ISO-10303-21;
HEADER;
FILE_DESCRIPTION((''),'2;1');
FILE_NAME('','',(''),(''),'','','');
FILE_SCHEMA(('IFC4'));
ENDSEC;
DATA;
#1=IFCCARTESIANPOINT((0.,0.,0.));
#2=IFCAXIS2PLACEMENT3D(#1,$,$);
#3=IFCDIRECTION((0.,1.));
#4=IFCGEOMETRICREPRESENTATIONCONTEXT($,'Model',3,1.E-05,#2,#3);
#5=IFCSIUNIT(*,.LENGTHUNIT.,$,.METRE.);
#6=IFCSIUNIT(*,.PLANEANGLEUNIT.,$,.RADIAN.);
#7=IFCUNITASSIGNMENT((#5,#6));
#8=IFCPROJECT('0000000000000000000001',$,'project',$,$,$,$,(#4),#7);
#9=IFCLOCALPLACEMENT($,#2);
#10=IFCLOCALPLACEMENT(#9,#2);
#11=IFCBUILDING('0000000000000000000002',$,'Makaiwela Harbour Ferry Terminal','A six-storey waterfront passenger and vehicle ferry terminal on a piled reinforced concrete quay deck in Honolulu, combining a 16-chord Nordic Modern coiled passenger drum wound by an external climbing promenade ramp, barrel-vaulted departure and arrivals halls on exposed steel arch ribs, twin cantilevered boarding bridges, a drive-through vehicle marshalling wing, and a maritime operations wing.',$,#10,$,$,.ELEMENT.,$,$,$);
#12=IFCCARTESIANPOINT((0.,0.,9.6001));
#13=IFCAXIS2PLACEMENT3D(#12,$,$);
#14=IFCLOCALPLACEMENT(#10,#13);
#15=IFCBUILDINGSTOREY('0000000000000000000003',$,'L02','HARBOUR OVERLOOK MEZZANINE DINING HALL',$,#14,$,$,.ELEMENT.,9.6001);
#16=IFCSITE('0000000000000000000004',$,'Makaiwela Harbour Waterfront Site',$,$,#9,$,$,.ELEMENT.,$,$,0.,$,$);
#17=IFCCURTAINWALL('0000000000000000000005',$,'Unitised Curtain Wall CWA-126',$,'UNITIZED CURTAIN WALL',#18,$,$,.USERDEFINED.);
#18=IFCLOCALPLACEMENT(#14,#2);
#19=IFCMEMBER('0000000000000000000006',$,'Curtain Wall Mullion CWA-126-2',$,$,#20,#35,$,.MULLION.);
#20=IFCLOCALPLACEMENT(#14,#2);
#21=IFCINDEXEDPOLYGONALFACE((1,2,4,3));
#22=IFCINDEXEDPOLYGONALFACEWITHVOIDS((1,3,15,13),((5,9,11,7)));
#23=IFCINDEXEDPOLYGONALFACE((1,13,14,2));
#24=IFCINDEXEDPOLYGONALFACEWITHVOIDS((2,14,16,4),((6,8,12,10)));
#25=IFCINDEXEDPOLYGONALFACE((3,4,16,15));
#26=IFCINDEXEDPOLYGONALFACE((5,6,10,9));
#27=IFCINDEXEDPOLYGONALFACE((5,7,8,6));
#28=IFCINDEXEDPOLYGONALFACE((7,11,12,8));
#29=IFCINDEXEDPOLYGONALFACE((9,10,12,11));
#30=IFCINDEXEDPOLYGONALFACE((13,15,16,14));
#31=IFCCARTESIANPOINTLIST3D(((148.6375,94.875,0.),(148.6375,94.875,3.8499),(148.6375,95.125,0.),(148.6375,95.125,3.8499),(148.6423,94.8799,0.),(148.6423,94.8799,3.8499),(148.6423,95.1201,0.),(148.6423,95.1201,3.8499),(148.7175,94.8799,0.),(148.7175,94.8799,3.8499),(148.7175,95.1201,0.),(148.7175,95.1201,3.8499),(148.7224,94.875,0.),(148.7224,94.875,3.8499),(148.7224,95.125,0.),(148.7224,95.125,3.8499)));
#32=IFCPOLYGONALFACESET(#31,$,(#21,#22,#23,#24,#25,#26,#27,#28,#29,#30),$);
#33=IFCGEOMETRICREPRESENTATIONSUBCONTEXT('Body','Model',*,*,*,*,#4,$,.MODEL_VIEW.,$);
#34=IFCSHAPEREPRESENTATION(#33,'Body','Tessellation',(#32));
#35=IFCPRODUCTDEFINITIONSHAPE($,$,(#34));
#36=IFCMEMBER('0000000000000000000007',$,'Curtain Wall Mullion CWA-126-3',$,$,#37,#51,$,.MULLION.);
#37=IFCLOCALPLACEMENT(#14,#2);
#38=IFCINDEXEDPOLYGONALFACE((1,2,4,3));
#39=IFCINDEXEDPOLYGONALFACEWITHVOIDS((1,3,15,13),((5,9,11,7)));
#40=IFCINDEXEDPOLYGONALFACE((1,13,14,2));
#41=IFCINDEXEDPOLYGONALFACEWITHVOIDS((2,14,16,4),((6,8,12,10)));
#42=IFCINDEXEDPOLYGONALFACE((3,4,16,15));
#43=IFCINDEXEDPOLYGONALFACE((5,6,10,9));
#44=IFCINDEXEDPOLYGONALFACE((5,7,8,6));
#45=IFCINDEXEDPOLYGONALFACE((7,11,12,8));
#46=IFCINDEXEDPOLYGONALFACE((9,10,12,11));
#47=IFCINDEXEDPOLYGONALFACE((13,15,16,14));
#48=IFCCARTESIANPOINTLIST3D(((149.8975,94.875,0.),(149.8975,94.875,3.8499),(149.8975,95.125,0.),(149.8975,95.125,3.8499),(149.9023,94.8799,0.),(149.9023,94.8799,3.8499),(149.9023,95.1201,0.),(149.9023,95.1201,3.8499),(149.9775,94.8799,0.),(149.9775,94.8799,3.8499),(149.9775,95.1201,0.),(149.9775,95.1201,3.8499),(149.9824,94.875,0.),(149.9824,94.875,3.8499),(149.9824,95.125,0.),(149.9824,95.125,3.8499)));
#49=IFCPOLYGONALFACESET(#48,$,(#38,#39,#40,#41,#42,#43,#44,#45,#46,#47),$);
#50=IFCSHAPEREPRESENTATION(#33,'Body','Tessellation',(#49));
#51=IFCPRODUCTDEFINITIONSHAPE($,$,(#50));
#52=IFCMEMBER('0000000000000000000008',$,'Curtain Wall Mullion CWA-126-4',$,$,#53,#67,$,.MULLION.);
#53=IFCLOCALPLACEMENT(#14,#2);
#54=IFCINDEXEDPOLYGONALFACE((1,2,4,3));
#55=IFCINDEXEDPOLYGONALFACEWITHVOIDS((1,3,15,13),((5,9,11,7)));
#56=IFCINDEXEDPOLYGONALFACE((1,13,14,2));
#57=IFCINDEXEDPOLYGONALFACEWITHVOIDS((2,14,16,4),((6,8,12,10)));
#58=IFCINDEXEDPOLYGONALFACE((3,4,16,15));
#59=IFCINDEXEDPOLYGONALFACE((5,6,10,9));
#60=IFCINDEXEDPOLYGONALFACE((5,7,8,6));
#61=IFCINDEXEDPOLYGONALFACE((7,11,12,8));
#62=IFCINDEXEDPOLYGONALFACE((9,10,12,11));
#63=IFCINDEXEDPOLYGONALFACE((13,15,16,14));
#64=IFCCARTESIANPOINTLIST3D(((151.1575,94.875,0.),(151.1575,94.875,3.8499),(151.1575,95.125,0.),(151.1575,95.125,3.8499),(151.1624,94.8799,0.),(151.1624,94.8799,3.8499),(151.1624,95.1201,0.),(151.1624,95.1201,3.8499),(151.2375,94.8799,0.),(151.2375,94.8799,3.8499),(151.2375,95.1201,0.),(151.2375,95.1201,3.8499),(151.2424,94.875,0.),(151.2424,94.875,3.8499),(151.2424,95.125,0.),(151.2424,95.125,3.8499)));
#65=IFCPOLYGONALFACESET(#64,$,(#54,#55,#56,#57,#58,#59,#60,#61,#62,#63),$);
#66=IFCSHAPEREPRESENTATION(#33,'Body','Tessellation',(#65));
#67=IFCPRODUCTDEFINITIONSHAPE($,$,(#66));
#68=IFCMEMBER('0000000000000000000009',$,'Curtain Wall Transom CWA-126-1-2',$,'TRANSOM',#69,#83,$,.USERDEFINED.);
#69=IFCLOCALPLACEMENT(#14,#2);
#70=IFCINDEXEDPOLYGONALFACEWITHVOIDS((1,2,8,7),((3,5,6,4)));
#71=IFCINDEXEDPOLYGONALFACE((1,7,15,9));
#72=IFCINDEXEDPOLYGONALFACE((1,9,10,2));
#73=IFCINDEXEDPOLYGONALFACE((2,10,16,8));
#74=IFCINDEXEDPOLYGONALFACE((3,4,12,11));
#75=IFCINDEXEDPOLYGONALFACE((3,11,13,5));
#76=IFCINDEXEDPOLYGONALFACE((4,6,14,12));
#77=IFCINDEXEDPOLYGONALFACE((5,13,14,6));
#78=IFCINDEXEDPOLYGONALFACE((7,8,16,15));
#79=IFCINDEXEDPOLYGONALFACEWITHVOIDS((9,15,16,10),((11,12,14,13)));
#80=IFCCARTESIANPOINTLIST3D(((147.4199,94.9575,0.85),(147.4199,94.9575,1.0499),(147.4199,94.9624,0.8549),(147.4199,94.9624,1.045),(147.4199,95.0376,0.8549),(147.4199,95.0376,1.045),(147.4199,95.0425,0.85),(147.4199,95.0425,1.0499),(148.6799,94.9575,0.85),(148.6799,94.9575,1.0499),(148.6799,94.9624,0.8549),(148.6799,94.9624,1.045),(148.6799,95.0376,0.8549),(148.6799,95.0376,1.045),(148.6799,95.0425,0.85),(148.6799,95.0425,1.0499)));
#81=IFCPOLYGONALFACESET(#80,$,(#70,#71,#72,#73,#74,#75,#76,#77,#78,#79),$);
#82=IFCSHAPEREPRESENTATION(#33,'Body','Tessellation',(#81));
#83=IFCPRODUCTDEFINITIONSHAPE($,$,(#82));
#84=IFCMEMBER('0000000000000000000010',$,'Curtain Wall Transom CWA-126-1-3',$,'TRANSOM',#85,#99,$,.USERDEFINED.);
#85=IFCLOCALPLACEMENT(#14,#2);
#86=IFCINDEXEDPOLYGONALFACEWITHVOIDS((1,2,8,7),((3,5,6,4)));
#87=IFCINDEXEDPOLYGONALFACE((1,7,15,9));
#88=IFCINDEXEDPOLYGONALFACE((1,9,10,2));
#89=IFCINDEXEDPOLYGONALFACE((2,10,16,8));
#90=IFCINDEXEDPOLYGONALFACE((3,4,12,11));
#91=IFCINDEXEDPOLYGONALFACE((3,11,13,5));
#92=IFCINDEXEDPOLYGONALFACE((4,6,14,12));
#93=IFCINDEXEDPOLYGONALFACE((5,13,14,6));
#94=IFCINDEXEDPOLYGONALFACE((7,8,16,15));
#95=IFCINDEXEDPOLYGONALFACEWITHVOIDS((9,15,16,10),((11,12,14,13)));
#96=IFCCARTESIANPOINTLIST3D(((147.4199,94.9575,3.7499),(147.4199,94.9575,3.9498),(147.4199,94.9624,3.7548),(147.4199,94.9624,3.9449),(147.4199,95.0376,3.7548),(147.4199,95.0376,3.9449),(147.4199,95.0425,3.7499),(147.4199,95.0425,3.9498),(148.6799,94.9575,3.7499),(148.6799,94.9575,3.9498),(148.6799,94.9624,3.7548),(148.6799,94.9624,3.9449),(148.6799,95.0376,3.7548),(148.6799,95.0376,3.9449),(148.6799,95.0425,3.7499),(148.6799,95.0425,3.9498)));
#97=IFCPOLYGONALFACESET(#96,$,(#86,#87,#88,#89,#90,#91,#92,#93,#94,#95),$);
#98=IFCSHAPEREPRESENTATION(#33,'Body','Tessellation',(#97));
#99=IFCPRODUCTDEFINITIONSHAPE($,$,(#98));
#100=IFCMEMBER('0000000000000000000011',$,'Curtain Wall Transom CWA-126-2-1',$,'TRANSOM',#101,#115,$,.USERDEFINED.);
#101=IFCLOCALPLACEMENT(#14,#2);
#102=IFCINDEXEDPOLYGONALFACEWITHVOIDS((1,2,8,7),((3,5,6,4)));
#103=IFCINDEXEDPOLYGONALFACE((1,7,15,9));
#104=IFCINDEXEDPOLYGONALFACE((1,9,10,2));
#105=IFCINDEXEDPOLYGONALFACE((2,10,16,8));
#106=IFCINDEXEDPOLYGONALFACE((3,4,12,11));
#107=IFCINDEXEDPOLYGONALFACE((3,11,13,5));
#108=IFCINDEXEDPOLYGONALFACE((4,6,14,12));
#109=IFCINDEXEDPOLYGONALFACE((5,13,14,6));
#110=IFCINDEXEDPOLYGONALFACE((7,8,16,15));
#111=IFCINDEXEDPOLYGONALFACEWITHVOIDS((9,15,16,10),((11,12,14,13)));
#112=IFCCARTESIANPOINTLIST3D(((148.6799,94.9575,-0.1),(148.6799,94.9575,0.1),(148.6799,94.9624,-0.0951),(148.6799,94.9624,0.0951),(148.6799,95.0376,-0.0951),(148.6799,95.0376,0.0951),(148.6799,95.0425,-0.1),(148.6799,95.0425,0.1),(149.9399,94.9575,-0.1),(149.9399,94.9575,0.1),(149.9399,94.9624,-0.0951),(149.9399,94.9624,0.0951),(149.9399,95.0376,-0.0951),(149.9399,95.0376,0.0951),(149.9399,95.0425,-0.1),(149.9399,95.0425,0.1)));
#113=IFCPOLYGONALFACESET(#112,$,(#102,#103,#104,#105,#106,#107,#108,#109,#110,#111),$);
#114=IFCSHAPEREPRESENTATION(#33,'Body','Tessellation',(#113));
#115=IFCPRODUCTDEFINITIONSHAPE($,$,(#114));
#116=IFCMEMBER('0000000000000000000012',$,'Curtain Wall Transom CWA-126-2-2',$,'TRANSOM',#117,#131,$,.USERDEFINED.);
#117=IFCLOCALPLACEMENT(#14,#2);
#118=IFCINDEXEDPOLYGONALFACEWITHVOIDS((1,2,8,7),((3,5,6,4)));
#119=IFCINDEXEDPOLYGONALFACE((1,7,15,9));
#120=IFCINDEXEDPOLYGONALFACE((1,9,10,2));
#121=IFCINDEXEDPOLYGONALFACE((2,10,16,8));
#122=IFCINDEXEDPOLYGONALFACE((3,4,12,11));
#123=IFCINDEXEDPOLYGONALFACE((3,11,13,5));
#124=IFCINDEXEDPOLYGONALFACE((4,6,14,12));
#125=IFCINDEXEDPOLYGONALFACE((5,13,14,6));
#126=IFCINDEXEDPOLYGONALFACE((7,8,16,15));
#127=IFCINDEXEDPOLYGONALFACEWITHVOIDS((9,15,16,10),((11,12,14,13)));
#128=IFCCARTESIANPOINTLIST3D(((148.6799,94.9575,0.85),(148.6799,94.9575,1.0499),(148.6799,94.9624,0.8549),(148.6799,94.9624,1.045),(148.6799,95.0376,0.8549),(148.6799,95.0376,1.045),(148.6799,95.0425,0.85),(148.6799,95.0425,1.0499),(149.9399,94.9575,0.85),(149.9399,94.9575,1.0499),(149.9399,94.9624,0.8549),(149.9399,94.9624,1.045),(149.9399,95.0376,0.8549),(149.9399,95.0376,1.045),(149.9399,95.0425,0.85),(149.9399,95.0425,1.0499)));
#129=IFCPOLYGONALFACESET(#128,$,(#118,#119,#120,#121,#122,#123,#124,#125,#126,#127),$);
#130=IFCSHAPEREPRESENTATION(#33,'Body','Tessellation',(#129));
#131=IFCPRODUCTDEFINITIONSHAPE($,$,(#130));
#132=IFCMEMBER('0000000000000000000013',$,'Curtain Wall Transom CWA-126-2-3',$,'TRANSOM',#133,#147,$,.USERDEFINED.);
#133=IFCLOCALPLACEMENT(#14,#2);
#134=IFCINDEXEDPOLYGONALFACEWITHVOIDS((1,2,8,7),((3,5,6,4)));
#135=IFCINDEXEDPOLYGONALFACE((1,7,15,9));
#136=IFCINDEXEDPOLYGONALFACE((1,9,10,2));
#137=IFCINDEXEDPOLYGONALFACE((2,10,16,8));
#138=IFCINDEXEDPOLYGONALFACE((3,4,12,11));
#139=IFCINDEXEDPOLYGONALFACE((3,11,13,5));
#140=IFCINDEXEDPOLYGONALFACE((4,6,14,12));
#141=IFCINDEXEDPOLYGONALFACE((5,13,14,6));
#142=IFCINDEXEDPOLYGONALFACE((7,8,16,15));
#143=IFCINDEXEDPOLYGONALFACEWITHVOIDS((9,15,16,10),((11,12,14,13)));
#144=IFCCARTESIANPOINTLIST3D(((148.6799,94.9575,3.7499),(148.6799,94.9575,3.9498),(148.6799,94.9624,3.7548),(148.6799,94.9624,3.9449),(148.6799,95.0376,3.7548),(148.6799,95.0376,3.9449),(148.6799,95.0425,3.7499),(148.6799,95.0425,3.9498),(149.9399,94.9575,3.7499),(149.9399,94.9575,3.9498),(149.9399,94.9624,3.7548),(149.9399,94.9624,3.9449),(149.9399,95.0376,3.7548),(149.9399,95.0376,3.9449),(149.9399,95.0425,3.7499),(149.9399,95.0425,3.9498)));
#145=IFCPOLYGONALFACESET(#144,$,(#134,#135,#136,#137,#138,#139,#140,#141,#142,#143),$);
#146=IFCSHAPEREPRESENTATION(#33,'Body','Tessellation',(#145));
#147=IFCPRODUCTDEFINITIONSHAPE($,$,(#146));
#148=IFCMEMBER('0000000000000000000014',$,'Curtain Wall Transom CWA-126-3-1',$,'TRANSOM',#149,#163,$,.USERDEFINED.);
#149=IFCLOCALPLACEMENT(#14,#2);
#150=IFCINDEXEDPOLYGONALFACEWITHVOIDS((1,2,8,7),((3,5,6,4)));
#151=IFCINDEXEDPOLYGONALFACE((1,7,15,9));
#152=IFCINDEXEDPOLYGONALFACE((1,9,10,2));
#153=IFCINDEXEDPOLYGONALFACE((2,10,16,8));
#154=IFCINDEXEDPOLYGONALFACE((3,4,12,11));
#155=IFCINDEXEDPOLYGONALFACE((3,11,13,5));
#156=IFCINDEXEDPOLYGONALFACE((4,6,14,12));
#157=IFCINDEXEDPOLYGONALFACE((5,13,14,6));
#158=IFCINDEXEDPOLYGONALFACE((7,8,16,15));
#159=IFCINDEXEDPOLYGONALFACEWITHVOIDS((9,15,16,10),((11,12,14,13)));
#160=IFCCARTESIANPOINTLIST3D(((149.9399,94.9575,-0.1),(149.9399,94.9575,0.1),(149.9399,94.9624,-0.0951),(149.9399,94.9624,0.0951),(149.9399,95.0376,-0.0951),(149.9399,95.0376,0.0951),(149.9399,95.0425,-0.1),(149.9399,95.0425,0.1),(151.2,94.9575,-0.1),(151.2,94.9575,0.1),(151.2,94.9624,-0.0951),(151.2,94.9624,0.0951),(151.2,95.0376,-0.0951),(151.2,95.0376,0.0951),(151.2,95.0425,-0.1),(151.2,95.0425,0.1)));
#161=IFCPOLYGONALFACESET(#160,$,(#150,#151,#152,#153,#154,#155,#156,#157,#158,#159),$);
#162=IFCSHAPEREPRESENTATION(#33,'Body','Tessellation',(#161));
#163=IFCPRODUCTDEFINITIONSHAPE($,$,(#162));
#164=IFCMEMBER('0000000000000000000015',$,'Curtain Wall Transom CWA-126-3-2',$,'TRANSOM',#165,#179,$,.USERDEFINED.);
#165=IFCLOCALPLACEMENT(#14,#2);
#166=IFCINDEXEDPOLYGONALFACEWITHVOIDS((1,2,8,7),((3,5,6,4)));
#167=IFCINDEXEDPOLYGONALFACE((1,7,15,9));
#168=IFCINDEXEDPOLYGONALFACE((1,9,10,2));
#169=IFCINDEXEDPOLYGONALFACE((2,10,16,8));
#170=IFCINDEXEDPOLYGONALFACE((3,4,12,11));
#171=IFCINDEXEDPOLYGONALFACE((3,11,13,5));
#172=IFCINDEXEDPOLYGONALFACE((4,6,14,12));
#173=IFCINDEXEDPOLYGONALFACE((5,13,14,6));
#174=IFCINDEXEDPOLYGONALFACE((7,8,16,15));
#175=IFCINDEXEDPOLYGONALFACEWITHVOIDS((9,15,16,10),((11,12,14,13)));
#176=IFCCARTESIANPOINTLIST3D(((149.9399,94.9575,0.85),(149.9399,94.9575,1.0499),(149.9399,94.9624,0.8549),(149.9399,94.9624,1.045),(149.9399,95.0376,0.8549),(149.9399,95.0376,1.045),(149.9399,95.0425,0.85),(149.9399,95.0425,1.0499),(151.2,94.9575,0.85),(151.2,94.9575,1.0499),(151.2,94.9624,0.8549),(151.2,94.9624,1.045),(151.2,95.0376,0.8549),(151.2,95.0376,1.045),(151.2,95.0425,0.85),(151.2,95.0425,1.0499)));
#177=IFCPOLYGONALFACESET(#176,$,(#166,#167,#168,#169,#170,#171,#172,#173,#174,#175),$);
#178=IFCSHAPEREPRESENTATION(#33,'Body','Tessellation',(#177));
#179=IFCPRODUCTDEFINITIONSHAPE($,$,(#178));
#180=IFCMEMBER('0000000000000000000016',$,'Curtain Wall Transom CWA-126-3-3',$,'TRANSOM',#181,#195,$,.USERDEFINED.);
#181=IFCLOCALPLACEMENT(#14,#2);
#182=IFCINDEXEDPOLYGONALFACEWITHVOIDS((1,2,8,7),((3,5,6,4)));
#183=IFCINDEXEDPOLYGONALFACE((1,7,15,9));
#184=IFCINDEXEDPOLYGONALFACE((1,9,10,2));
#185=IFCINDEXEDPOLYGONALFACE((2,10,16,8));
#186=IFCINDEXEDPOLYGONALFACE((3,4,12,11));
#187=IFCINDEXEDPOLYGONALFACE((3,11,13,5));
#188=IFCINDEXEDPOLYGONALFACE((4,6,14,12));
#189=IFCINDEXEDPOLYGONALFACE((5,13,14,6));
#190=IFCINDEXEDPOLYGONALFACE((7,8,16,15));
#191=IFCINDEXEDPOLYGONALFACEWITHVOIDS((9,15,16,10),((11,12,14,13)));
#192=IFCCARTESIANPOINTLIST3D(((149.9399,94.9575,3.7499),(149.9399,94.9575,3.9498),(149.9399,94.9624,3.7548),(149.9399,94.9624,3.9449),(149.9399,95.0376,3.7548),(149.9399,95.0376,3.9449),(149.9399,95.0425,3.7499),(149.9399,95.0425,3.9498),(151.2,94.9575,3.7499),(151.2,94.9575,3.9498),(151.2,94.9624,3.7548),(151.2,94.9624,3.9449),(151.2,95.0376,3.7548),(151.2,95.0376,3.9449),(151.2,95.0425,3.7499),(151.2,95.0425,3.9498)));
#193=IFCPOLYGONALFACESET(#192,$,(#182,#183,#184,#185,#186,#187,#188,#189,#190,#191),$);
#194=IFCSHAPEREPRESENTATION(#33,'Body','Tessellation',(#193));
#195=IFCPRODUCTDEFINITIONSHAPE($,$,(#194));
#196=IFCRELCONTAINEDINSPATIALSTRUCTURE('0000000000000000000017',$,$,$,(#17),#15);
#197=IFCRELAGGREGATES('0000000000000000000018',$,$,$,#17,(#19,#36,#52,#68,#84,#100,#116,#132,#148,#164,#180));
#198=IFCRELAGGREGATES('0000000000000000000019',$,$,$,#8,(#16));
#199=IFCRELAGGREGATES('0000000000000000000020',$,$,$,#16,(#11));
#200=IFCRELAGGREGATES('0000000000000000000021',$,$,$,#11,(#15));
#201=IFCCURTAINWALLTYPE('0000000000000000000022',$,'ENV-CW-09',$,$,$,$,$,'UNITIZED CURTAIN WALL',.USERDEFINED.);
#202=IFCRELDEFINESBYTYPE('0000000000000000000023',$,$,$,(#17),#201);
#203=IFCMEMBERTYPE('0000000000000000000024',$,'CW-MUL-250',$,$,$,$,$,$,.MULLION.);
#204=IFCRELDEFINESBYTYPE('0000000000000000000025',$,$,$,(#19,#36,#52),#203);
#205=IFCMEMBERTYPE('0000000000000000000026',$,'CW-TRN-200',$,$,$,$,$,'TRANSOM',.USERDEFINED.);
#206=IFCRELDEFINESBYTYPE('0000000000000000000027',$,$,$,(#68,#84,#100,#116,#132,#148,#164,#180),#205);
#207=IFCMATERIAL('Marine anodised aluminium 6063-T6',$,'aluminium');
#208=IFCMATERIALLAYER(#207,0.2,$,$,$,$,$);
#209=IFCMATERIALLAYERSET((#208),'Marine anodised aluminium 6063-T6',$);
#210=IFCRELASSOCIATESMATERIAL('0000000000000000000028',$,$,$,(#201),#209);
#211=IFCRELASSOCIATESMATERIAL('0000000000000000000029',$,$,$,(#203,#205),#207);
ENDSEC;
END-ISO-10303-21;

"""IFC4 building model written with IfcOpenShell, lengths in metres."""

from ifc_helpers import new_model, si_unit, direction, frame, origin, origin_2d, place, context, subcontext, project, spatial, hollow_rectangle, extrude, material, layer, layer_set, material_profile, profile_set, type_object, element, aggregate, save


model = new_model("IFC4")

# Units and contexts
model_context = context("Model", 3, precision=1e-05, world=origin(), true_north=direction((0.0, 1.0)))
body_context = subcontext(model_context, "Body", "Model", "MODEL_VIEW")
ifc_project = project(units=[si_unit("LENGTHUNIT", "METRE"), si_unit("PLANEANGLEUNIT", "RADIAN")], contexts=[model_context])

# Site, building, storey
site_placement = place(None, origin())
site = spatial("IfcSite", under=ifc_project, at=site_placement, Name="Makaiwela Harbour Waterfront Site", CompositionType="ELEMENT", RefElevation=0.0)
building_placement = place(site_placement, origin())
building = spatial("IfcBuilding", under=site, at=building_placement, Name="Makaiwela Harbour Ferry Terminal", Description="A six-storey waterfront passenger and vehicle ferry terminal on a piled reinforced concrete quay deck in Honolulu, combining a 16-chord Nordic Modern coiled passenger drum wound by an external climbing promenade ramp, barrel-vaulted departure and arrivals halls on exposed steel arch ribs, twin cantilevered boarding bridges, a drive-through vehicle marshalling wing, and a maritime operations wing.", CompositionType="ELEMENT")
storey_placement = place(building_placement, frame((0.0, 0.0, 9.6001)))
storey = spatial("IfcBuildingStorey", under=building, at=storey_placement, Name="L02", Description="HARBOUR OVERLOOK MEZZANINE DINING HALL", CompositionType="ELEMENT", Elevation=9.6001)

# Curtain wall, members
ifc_material_1 = material(Name="Marine anodised aluminium 6063-T6", Category="aluminium")
ifc_layer_1 = layer(ifc_material_1, 0.2)
ifc_layer_set_1 = layer_set([ifc_layer_1], Name="Marine anodised aluminium 6063-T6")
curtain_wall_type = type_object("IfcCurtainWallType", Name="ENV-CW-09", ElementType="UNITIZED CURTAIN WALL", PredefinedType="USERDEFINED", material=ifc_layer_set_1)
curtain_wall_placement = place(storey_placement, origin())
curtain_wall = element("IfcCurtainWall", 1, at=curtain_wall_placement, inside=storey, type_object=curtain_wall_type, Name="Unitised Curtain Wall CWA-126", ObjectType="UNITIZED CURTAIN WALL", PredefinedType="USERDEFINED")
ifc_material_profile_1 = material_profile(ifc_material_1, hollow_rectangle(XDim=0.085, YDim=0.25, WallThickness=0.0049, at=origin_2d()), Name="CWM-250X85")
ifc_profile_set_1 = profile_set([ifc_material_profile_1], Name="Marine anodised aluminium 6063-T6")
member_type_1 = type_object("IfcMemberType", Name="CW-MUL-250", PredefinedType="MULLION", material=ifc_profile_set_1)
member_1_placement = place(storey_placement, frame((148.6799, 95.0, 0.0), z_axis=(0.0, 0.0, 1.0), x_axis=(1.0, 0.0, 0.0)))
member_1 = element("IfcMember", 2, at=member_1_placement, type_object=member_type_1, Name="Curtain Wall Mullion CWA-126-2", PredefinedType="MULLION", context=body_context, shape_type="SweptSolid", body=[
    extrude(hollow_rectangle(XDim=0.085, YDim=0.25, WallThickness=0.0049, at=origin_2d()), origin(), (0.0, 0.0, 1.0), 3.8499),
])
member_2_placement = place(storey_placement, frame((149.9399, 95.0, 0.0), z_axis=(0.0, 0.0, 1.0), x_axis=(1.0, 0.0, 0.0)))
member_2 = element("IfcMember", 3, at=member_2_placement, type_object=member_type_1, Name="Curtain Wall Mullion CWA-126-3", PredefinedType="MULLION", context=body_context, shape_type="SweptSolid", body=[
    extrude(hollow_rectangle(XDim=0.085, YDim=0.25, WallThickness=0.0049, at=origin_2d()), origin(), (0.0, 0.0, 1.0), 3.8499),
])
member_3_placement = place(storey_placement, frame((151.2, 95.0, 0.0), z_axis=(0.0, 0.0, 1.0), x_axis=(1.0, 0.0, 0.0)))
member_3 = element("IfcMember", 4, at=member_3_placement, type_object=member_type_1, Name="Curtain Wall Mullion CWA-126-4", PredefinedType="MULLION", context=body_context, shape_type="SweptSolid", body=[
    extrude(hollow_rectangle(XDim=0.085, YDim=0.25, WallThickness=0.0049, at=origin_2d()), origin(), (0.0, 0.0, 1.0), 3.8499),
])
ifc_material_profile_2 = material_profile(ifc_material_1, hollow_rectangle(XDim=0.085, YDim=0.2, WallThickness=0.0049, at=origin_2d()), Name="CWT-200X85")
ifc_profile_set_2 = profile_set([ifc_material_profile_2], Name="Marine anodised aluminium 6063-T6")
member_type_2 = type_object("IfcMemberType", Name="CW-TRN-200", ElementType="TRANSOM", PredefinedType="USERDEFINED", material=ifc_profile_set_2)
member_4_placement = place(storey_placement, frame((147.4199, 95.0, 0.95), z_axis=(1.0, 0.0, 0.0), x_axis=(0.0, 1.0, 0.0)))
member_4 = element("IfcMember", 5, at=member_4_placement, type_object=member_type_2, Name="Curtain Wall Transom CWA-126-1-2", ObjectType="TRANSOM", PredefinedType="USERDEFINED", context=body_context, shape_type="SweptSolid", body=[
    extrude(hollow_rectangle(XDim=0.085, YDim=0.2, WallThickness=0.0049, at=origin_2d()), origin(), (0.0, 0.0, 1.0), 1.26),
])
member_5_placement = place(storey_placement, frame((147.4199, 95.0, 3.8499), z_axis=(1.0, 0.0, 0.0), x_axis=(0.0, 1.0, 0.0)))
member_5 = element("IfcMember", 6, at=member_5_placement, type_object=member_type_2, Name="Curtain Wall Transom CWA-126-1-3", ObjectType="TRANSOM", PredefinedType="USERDEFINED", context=body_context, shape_type="SweptSolid", body=[
    extrude(hollow_rectangle(XDim=0.085, YDim=0.2, WallThickness=0.0049, at=origin_2d()), origin(), (0.0, 0.0, 1.0), 1.26),
])
member_6_placement = place(storey_placement, frame((148.6799, 95.0, 0.0), z_axis=(1.0, 0.0, 0.0), x_axis=(0.0, 1.0, 0.0)))
member_6 = element("IfcMember", 7, at=member_6_placement, type_object=member_type_2, Name="Curtain Wall Transom CWA-126-2-1", ObjectType="TRANSOM", PredefinedType="USERDEFINED", context=body_context, shape_type="SweptSolid", body=[
    extrude(hollow_rectangle(XDim=0.085, YDim=0.2, WallThickness=0.0049, at=origin_2d()), origin(), (0.0, 0.0, 1.0), 1.26),
])
member_7_placement = place(storey_placement, frame((148.6799, 95.0, 0.95), z_axis=(1.0, 0.0, 0.0), x_axis=(0.0, 1.0, 0.0)))
member_7 = element("IfcMember", 8, at=member_7_placement, type_object=member_type_2, Name="Curtain Wall Transom CWA-126-2-2", ObjectType="TRANSOM", PredefinedType="USERDEFINED", context=body_context, shape_type="SweptSolid", body=[
    extrude(hollow_rectangle(XDim=0.085, YDim=0.2, WallThickness=0.0049, at=origin_2d()), origin(), (0.0, 0.0, 1.0), 1.26),
])
member_8_placement = place(storey_placement, frame((148.6799, 95.0, 3.8499), z_axis=(1.0, 0.0, 0.0), x_axis=(0.0, 1.0, 0.0)))
member_8 = element("IfcMember", 9, at=member_8_placement, type_object=member_type_2, Name="Curtain Wall Transom CWA-126-2-3", ObjectType="TRANSOM", PredefinedType="USERDEFINED", context=body_context, shape_type="SweptSolid", body=[
    extrude(hollow_rectangle(XDim=0.085, YDim=0.2, WallThickness=0.0049, at=origin_2d()), origin(), (0.0, 0.0, 1.0), 1.26),
])
member_9_placement = place(storey_placement, frame((149.9399, 95.0, 0.0), z_axis=(1.0, 0.0, 0.0), x_axis=(0.0, 1.0, 0.0)))
member_9 = element("IfcMember", 10, at=member_9_placement, type_object=member_type_2, Name="Curtain Wall Transom CWA-126-3-1", ObjectType="TRANSOM", PredefinedType="USERDEFINED", context=body_context, shape_type="SweptSolid", body=[
    extrude(hollow_rectangle(XDim=0.085, YDim=0.2, WallThickness=0.0049, at=origin_2d()), origin(), (0.0, 0.0, 1.0), 1.26),
])
member_10_placement = place(storey_placement, frame((149.9399, 95.0, 0.95), z_axis=(1.0, 0.0, 0.0), x_axis=(0.0, 1.0, 0.0)))
member_10 = element("IfcMember", 11, at=member_10_placement, type_object=member_type_2, Name="Curtain Wall Transom CWA-126-3-2", ObjectType="TRANSOM", PredefinedType="USERDEFINED", context=body_context, shape_type="SweptSolid", body=[
    extrude(hollow_rectangle(XDim=0.085, YDim=0.2, WallThickness=0.0049, at=origin_2d()), origin(), (0.0, 0.0, 1.0), 1.26),
])
member_11_placement = place(storey_placement, frame((149.9399, 95.0, 3.8499), z_axis=(1.0, 0.0, 0.0), x_axis=(0.0, 1.0, 0.0)))
member_11 = element("IfcMember", 12, at=member_11_placement, type_object=member_type_2, Name="Curtain Wall Transom CWA-126-3-3", ObjectType="TRANSOM", PredefinedType="USERDEFINED", context=body_context, shape_type="SweptSolid", body=[
    extrude(hollow_rectangle(XDim=0.085, YDim=0.2, WallThickness=0.0049, at=origin_2d()), origin(), (0.0, 0.0, 1.0), 1.26),
])
aggregate(curtain_wall, [member_1, member_2, member_3, member_4, member_5, member_6, member_7, member_8, member_9, member_10, member_11])

save(model, "model.ifc")
